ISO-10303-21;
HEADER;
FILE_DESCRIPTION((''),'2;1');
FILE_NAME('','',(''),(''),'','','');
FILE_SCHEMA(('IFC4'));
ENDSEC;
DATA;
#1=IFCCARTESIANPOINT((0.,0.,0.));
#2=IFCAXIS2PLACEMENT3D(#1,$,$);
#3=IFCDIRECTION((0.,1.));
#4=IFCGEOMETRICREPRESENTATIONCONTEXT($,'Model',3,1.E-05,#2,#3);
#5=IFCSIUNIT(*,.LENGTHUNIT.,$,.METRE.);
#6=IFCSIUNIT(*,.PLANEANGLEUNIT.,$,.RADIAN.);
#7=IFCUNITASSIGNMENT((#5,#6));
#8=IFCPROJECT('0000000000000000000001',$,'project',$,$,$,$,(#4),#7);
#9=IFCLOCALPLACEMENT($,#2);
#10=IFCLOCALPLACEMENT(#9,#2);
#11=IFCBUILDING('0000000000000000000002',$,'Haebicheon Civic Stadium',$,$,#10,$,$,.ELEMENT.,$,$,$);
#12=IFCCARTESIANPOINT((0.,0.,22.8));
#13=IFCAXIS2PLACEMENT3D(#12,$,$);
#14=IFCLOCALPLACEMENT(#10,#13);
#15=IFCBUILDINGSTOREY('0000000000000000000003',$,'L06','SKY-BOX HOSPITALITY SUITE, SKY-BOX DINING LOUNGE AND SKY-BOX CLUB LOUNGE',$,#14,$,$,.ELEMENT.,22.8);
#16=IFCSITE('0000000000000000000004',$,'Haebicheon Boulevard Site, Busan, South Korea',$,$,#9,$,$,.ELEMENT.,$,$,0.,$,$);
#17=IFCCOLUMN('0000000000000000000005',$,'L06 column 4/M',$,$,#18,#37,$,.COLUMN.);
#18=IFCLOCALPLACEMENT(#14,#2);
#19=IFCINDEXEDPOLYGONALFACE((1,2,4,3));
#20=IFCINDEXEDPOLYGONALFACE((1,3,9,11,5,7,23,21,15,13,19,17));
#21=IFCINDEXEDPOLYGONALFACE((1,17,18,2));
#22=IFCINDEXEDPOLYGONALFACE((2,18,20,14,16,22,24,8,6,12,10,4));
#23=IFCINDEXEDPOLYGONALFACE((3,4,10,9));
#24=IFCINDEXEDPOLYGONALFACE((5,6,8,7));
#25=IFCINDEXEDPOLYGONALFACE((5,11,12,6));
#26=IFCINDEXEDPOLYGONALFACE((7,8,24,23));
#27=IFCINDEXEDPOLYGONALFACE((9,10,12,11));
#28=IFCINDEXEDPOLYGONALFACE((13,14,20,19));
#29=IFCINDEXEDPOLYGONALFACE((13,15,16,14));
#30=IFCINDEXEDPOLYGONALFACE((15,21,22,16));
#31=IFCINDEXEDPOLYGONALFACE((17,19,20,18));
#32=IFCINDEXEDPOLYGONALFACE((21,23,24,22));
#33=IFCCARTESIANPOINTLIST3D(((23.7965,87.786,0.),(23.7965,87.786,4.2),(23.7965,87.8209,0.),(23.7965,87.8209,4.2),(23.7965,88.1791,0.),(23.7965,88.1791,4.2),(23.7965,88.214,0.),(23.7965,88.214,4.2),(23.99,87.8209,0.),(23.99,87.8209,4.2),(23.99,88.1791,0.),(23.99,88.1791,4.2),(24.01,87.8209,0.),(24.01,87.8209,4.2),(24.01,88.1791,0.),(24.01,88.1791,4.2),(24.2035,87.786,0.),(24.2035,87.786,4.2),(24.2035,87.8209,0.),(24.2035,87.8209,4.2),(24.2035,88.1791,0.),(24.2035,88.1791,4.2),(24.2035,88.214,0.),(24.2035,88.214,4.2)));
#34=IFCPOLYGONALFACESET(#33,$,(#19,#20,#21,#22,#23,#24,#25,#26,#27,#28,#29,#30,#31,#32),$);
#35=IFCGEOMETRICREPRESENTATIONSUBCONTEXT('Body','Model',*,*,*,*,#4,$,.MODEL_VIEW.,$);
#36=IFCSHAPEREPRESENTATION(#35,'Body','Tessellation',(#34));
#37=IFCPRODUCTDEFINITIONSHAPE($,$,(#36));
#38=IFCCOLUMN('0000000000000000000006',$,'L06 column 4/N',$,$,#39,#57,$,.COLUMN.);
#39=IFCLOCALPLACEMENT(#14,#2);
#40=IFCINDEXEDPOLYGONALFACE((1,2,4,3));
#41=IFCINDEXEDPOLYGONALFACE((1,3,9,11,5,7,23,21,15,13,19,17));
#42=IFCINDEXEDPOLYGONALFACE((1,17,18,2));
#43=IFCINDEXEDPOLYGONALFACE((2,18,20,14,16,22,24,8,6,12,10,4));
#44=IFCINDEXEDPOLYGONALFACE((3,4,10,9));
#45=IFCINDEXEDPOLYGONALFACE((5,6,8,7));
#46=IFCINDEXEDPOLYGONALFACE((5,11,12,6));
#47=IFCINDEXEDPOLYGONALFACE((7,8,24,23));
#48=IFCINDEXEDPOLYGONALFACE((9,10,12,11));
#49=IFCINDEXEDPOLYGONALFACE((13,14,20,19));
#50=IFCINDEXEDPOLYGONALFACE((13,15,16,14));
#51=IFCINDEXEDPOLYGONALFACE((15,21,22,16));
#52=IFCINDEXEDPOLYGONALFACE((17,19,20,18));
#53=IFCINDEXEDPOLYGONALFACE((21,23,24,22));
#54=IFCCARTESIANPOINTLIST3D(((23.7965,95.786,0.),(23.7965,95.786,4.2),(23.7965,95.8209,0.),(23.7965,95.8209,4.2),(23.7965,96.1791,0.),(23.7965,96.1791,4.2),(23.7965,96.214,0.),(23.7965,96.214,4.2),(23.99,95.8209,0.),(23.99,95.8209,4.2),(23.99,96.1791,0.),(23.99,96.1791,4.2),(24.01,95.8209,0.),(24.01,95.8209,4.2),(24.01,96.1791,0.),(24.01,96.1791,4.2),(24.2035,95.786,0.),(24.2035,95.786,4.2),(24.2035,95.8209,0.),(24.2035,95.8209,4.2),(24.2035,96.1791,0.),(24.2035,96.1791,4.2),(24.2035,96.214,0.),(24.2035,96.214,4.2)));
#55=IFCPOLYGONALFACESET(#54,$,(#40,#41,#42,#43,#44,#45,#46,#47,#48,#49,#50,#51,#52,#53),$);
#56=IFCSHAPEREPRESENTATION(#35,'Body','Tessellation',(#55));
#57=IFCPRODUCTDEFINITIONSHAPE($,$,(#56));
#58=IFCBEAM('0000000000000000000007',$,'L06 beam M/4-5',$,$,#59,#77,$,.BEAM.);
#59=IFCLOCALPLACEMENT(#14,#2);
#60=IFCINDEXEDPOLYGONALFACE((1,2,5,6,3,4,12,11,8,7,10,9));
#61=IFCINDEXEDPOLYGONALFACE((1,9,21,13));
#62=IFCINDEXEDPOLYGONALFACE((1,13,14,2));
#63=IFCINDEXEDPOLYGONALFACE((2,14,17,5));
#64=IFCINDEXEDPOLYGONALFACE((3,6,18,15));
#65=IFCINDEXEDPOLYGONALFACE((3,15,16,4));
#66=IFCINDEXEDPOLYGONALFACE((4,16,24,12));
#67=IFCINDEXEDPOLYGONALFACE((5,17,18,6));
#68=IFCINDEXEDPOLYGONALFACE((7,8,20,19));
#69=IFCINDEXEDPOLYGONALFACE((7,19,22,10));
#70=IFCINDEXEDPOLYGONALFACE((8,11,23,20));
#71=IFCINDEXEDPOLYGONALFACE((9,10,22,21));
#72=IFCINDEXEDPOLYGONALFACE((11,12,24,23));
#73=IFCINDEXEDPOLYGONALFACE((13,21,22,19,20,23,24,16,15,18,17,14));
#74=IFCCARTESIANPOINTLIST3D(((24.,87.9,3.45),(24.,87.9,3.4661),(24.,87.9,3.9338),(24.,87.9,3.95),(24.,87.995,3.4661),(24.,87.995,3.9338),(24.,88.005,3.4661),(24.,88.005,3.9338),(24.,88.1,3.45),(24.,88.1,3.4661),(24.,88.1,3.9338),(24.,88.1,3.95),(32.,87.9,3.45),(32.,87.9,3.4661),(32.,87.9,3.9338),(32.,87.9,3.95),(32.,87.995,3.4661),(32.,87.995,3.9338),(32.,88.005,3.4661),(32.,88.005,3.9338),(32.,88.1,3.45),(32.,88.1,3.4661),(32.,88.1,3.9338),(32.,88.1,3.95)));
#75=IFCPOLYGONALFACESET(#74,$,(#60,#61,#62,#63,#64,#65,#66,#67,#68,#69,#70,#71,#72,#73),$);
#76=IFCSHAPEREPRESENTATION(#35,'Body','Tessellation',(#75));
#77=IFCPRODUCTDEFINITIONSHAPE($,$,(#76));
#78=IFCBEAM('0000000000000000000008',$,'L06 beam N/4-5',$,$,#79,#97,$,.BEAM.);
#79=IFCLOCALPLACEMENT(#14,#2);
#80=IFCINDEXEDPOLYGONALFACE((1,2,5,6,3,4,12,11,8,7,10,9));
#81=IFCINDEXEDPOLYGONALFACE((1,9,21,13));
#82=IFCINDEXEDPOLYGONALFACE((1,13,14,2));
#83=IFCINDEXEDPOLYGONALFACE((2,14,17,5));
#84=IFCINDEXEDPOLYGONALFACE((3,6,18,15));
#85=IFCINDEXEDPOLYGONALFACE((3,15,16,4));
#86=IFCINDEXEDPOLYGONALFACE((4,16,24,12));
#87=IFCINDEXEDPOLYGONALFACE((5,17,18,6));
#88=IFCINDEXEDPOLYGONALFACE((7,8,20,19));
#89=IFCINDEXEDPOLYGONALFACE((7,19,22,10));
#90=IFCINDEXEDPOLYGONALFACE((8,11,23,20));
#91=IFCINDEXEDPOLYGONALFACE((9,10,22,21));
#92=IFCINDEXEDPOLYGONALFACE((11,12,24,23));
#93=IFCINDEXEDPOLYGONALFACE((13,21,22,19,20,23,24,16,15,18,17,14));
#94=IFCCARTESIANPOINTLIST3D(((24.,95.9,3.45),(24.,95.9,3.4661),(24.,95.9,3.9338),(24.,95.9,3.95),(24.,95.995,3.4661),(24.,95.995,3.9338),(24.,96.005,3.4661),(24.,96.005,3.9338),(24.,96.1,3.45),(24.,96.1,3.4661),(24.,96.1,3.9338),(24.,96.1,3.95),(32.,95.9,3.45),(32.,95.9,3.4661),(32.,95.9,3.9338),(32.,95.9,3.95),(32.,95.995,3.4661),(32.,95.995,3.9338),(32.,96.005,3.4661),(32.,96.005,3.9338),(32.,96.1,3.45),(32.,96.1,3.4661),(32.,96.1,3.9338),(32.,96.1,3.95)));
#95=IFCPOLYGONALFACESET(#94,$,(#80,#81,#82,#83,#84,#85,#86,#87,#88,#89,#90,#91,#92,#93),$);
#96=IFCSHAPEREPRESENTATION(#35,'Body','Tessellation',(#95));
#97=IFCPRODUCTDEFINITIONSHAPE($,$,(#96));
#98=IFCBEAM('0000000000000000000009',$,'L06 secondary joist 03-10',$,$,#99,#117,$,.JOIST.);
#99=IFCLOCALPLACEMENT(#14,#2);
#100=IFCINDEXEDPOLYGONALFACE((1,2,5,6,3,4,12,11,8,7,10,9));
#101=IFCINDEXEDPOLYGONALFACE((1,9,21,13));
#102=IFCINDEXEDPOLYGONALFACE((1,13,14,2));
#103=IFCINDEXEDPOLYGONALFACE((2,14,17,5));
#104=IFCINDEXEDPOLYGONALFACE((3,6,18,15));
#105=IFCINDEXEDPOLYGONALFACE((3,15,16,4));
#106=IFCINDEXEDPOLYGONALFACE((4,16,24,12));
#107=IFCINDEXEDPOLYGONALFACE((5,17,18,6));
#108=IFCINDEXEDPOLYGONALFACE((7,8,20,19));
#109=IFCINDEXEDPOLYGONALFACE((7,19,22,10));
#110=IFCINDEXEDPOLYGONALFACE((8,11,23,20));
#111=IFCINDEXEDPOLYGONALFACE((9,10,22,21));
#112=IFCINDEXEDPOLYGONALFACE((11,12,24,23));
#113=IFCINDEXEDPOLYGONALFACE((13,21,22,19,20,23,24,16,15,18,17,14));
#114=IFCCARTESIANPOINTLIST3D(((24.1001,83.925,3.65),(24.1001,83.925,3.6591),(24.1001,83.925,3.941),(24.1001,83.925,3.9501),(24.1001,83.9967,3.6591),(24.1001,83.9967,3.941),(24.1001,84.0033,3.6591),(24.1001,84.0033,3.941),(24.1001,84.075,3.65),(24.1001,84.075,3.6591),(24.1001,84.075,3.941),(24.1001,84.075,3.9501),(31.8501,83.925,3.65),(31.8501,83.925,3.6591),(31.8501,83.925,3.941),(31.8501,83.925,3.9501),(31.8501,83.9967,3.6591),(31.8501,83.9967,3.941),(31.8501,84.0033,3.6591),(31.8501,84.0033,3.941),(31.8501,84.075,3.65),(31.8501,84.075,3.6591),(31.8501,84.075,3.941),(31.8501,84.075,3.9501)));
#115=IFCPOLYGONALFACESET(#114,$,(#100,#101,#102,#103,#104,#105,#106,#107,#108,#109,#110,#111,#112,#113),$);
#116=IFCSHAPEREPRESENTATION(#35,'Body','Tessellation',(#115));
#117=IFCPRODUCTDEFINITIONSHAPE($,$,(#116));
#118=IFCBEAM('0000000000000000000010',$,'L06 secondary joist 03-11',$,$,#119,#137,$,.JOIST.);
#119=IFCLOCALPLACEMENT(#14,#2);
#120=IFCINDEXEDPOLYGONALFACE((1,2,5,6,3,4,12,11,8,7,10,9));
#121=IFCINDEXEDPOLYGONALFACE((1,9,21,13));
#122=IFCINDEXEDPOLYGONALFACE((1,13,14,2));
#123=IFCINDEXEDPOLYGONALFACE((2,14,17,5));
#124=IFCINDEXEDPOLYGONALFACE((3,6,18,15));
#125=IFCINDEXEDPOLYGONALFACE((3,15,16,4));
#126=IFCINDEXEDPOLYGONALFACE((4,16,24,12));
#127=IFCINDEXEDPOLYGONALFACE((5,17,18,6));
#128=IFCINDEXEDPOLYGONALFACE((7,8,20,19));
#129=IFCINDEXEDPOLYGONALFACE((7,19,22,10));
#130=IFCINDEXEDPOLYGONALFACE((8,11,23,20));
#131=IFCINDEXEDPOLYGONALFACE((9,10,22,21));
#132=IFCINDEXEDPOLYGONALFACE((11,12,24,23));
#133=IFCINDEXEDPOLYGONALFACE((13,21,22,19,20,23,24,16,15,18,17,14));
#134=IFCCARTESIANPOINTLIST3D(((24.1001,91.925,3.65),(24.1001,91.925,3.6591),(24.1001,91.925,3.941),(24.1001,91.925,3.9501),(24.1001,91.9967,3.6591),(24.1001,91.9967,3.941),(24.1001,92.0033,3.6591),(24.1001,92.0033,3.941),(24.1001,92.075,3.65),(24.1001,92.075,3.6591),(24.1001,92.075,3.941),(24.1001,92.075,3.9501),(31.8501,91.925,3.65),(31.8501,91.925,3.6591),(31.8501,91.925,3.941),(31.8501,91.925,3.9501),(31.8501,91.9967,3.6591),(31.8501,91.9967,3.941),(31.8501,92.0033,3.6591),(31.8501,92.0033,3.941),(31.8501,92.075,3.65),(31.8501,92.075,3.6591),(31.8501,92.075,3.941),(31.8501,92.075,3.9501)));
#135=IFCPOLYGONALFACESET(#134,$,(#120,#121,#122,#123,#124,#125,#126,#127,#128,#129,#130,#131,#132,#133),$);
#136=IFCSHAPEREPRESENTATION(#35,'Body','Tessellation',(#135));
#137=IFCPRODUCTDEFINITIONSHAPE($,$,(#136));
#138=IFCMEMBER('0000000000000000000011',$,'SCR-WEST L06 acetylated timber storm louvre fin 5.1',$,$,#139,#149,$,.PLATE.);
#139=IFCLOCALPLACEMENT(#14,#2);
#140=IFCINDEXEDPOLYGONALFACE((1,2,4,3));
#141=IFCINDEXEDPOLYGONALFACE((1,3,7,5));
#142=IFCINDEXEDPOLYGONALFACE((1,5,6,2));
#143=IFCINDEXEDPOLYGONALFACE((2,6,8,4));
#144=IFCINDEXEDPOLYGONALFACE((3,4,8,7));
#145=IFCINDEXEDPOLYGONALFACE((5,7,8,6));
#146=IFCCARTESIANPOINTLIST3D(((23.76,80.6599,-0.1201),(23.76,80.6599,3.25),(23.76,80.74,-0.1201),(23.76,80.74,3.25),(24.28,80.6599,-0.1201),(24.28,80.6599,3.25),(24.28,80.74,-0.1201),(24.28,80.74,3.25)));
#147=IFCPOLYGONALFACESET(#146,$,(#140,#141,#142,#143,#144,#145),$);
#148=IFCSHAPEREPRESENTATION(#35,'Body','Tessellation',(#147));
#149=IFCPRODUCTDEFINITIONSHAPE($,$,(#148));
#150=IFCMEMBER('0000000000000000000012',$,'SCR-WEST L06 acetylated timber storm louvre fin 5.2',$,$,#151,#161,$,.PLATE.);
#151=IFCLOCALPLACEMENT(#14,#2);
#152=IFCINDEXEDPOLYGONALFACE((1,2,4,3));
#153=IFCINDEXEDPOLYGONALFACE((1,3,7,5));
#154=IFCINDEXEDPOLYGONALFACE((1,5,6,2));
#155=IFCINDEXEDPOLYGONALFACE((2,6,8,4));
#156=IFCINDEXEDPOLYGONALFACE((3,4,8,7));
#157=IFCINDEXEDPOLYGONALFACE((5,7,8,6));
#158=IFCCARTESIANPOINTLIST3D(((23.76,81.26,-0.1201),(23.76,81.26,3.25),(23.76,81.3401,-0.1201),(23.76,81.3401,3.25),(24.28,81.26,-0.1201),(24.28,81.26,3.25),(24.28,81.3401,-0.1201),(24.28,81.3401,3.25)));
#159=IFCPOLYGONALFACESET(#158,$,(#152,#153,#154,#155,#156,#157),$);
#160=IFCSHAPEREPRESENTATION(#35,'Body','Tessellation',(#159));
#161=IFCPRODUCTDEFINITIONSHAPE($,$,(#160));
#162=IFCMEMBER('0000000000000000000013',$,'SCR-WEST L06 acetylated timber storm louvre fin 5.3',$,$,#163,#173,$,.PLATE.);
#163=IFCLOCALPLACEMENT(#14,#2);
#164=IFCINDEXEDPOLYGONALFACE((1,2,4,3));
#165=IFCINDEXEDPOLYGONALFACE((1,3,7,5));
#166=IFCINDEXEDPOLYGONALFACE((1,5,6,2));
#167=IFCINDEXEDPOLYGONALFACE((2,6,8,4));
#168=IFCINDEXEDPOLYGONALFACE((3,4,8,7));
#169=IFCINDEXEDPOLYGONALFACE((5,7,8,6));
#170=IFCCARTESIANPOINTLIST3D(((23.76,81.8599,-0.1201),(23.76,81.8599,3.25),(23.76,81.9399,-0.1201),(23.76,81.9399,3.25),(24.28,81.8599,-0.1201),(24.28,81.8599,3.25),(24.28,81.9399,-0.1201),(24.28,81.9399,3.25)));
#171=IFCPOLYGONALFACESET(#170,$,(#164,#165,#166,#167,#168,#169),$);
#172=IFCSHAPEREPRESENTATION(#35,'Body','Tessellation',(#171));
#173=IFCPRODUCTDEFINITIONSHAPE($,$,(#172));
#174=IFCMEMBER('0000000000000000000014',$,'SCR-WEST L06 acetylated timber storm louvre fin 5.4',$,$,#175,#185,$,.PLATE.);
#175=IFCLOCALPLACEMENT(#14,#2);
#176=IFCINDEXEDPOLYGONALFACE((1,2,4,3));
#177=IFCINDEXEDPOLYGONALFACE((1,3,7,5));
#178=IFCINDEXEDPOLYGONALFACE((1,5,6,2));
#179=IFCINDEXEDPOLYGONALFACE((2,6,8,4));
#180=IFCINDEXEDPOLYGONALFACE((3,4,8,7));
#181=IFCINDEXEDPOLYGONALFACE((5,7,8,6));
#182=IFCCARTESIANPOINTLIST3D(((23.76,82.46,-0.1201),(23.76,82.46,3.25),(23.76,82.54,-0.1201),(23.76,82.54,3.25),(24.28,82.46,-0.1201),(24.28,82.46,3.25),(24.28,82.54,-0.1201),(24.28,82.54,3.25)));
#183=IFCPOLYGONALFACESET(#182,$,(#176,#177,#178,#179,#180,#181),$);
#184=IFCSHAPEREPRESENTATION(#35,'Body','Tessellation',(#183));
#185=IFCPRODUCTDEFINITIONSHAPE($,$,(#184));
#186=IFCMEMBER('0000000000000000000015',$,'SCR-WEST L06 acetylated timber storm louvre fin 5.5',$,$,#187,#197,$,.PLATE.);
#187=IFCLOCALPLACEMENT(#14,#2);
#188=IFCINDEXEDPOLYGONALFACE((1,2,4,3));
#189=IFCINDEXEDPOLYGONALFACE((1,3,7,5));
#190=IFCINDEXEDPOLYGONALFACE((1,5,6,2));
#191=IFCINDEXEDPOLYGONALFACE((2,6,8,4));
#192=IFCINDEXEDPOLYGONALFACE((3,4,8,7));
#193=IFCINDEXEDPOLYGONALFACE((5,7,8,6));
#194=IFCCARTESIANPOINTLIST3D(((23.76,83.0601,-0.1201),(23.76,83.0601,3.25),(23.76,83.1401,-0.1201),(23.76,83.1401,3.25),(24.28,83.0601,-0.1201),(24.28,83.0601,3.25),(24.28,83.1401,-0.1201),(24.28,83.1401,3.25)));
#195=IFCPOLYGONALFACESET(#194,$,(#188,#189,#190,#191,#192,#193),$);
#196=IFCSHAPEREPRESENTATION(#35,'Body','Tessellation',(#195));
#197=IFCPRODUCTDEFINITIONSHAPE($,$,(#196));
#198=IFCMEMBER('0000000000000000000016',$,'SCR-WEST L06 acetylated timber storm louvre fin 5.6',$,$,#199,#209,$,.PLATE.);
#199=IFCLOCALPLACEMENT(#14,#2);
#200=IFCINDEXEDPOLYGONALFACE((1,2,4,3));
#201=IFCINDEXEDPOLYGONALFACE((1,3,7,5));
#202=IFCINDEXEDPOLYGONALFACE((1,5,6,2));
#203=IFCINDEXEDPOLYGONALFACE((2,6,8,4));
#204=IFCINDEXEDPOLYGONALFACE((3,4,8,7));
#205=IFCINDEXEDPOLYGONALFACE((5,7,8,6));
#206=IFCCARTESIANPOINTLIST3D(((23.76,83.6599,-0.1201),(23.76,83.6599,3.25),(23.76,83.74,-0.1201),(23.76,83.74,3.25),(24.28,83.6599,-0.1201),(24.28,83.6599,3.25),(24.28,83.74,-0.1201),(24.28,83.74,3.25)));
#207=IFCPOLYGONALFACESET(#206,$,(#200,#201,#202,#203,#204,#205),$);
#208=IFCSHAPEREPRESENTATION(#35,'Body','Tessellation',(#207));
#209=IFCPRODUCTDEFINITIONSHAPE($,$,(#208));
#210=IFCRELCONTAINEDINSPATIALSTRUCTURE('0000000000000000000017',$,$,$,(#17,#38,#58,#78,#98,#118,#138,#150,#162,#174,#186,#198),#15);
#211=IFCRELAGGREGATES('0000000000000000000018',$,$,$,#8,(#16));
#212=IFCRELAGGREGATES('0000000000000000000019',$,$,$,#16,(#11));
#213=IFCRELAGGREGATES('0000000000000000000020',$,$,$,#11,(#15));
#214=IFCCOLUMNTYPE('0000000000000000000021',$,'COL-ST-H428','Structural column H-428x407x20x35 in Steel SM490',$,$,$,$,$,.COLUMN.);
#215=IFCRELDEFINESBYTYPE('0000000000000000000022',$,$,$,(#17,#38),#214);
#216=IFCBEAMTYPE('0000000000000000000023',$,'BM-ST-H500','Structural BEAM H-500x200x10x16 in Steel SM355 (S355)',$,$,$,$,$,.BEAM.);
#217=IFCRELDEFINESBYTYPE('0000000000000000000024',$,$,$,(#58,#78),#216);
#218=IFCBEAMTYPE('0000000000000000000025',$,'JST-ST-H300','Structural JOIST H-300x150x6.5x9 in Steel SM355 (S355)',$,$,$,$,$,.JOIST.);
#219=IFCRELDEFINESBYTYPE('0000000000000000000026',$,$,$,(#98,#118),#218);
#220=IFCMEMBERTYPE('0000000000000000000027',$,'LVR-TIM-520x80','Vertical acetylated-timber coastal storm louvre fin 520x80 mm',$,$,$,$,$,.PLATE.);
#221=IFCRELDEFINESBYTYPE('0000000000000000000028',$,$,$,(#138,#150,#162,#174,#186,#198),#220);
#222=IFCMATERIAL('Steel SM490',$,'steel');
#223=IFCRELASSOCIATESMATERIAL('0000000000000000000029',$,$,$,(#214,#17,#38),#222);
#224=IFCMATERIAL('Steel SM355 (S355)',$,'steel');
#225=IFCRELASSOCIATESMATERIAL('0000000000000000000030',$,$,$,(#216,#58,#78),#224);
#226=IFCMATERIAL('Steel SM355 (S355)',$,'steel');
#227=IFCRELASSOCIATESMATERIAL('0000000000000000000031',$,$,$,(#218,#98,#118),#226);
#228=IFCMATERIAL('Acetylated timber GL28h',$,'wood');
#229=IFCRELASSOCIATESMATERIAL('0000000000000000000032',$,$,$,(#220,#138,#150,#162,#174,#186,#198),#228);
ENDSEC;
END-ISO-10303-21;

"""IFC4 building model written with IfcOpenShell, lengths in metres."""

from ifc_helpers import new_model, si_unit, direction, frame, origin, origin_2d, place, context, subcontext, project, spatial, rectangle, i_section, extrude, material, material_profile, profile_set, type_object, element, save


model = new_model("IFC4")

# Units and contexts
model_context = context("Model", 3, precision=1e-05, world=origin(), true_north=direction((0.0, 1.0)))
body_context = subcontext(model_context, "Body", "Model", "MODEL_VIEW")
ifc_project = project(units=[si_unit("LENGTHUNIT", "METRE"), si_unit("PLANEANGLEUNIT", "RADIAN")], contexts=[model_context])

# Site, building, storey
site_placement = place(None, origin())
site = spatial("IfcSite", under=ifc_project, at=site_placement, Name="Haebicheon Boulevard Site, Busan, South Korea", CompositionType="ELEMENT", RefElevation=0.0)
building_placement = place(site_placement, origin())
building = spatial("IfcBuilding", under=site, at=building_placement, Name="Haebicheon Civic Stadium", CompositionType="ELEMENT")
storey_placement = place(building_placement, frame((0.0, 0.0, 22.8)))
storey = spatial("IfcBuildingStorey", under=building, at=storey_placement, Name="L06", Description="SKY-BOX HOSPITALITY SUITE, SKY-BOX DINING LOUNGE AND SKY-BOX CLUB LOUNGE", CompositionType="ELEMENT", Elevation=22.8)

# Columns
ifc_material_1 = material(Name="Steel SM490", Category="steel")
ifc_material_profile_1 = material_profile(ifc_material_1, i_section(OverallWidth=0.407, OverallDepth=0.428, WebThickness=0.02, FlangeThickness=0.0349, at=origin_2d()), Name="H-428x407x20x35")
ifc_profile_set_1 = profile_set([ifc_material_profile_1], Name="Steel SM490")
column_type = type_object("IfcColumnType", Name="COL-ST-H428", Description="Structural column H-428x407x20x35 in Steel SM490", PredefinedType="COLUMN", material=ifc_profile_set_1)
for number, where, z_axis, x_axis, name in (
    (1, (24.0, 88.0, 0.0), (0.0, 0.0, 1.0), (1.0, 0.0, 0.0), "L06 column 4/M"),
    (2, (24.0, 96.0, 0.0), (0.0, 0.0, 1.0), (1.0, 0.0, 0.0), "L06 column 4/N"),
):
    element("IfcColumn", number, at=place(storey_placement, frame(where, z_axis=z_axis, x_axis=x_axis)), inside=storey, type_object=column_type, material=ifc_profile_set_1, Name=name, PredefinedType="COLUMN", context=body_context, shape_type="SweptSolid", body=[
        extrude(i_section(OverallWidth=0.407, OverallDepth=0.428, WebThickness=0.02, FlangeThickness=0.0349, at=origin_2d()), origin(), (0.0, 0.0, 1.0), 4.2),
    ])

# Beams
ifc_material_2 = material(Name="Steel SM355 (S355)", Category="steel")
ifc_material_profile_2 = material_profile(ifc_material_2, i_section(OverallWidth=0.2, OverallDepth=0.5, WebThickness=0.01, FlangeThickness=0.0161, at=origin_2d()), Name="H-500x200x10x16")
ifc_profile_set_2 = profile_set([ifc_material_profile_2], Name="Steel SM355 (S355)")
beam_type_1 = type_object("IfcBeamType", Name="BM-ST-H500", Description="Structural BEAM H-500x200x10x16 in Steel SM355 (S355)", PredefinedType="BEAM", material=ifc_profile_set_2)
for number, where, z_axis, x_axis, name in (
    (3, (24.0, 88.0, 3.7), (1.0, 0.0, 0.0), (0.0, 1.0, 0.0), "L06 beam M/4-5"),
    (4, (24.0, 96.0, 3.7), (1.0, 0.0, 0.0), (0.0, 1.0, 0.0), "L06 beam N/4-5"),
):
    element("IfcBeam", number, at=place(storey_placement, frame(where, z_axis=z_axis, x_axis=x_axis)), inside=storey, type_object=beam_type_1, material=ifc_profile_set_2, Name=name, PredefinedType="BEAM", context=body_context, shape_type="SweptSolid", body=[
        extrude(i_section(OverallWidth=0.2, OverallDepth=0.5, WebThickness=0.01, FlangeThickness=0.0161, at=origin_2d()), origin(), (0.0, 0.0, 1.0), 8.0),
    ])
ifc_material_3 = material(Name="Steel SM355 (S355)", Category="steel")
ifc_material_profile_3 = material_profile(ifc_material_3, i_section(OverallWidth=0.1499, OverallDepth=0.3, WebThickness=0.0066, FlangeThickness=0.009, at=origin_2d()), Name="H-300x150x6.5x9")
ifc_profile_set_3 = profile_set([ifc_material_profile_3], Name="Steel SM355 (S355)")
beam_type_2 = type_object("IfcBeamType", Name="JST-ST-H300", Description="Structural JOIST H-300x150x6.5x9 in Steel SM355 (S355)", PredefinedType="JOIST", material=ifc_profile_set_3)
for number, where, z_axis, x_axis, name in (
    (5, (24.1001, 84.0, 3.8), (1.0, 0.0, 0.0), (0.0, 1.0, 0.0), "L06 secondary joist 03-10"),
    (6, (24.1001, 92.0, 3.8), (1.0, 0.0, 0.0), (0.0, 1.0, 0.0), "L06 secondary joist 03-11"),
):
    element("IfcBeam", number, at=place(storey_placement, frame(where, z_axis=z_axis, x_axis=x_axis)), inside=storey, type_object=beam_type_2, material=ifc_profile_set_3, Name=name, PredefinedType="JOIST", context=body_context, shape_type="SweptSolid", body=[
        extrude(i_section(OverallWidth=0.1499, OverallDepth=0.3, WebThickness=0.0066, FlangeThickness=0.009, at=origin_2d()), origin(), (0.0, 0.0, 1.0), 7.75),
    ])

# Members
ifc_material_4 = material(Name="Acetylated timber GL28h", Category="wood")
ifc_material_profile_4 = material_profile(ifc_material_4, rectangle(XDim=0.0801, YDim=0.52, at=origin_2d()), Name="TMB-LOUV-80x520")
ifc_profile_set_4 = profile_set([ifc_material_profile_4], Name="Acetylated timber GL28h")
member_type_1 = type_object("IfcMemberType", Name="LVR-TIM-520x80", Description="Vertical acetylated-timber coastal storm louvre fin 520x80 mm", PredefinedType="PLATE", material=ifc_profile_set_4)
for number, where, z_axis, x_axis, name in (
    (7, (24.02, 80.7, -0.1201), (0.0, 0.0, 1.0), (0.0, 1.0, 0.0), "SCR-WEST L06 acetylated timber storm louvre fin 5.1"),
    (8, (24.02, 81.3, -0.1201), (0.0, 0.0, 1.0), (0.0, 1.0, 0.0), "SCR-WEST L06 acetylated timber storm louvre fin 5.2"),
    (9, (24.02, 81.8999, -0.1201), (0.0, 0.0, 1.0), (0.0, 1.0, 0.0), "SCR-WEST L06 acetylated timber storm louvre fin 5.3"),
    (10, (24.02, 82.5, -0.1201), (0.0, 0.0, 1.0), (0.0, 1.0, 0.0), "SCR-WEST L06 acetylated timber storm louvre fin 5.4"),
    (11, (24.02, 83.1001, -0.1201), (0.0, 0.0, 1.0), (0.0, 1.0, 0.0), "SCR-WEST L06 acetylated timber storm louvre fin 5.5"),
    (12, (24.02, 83.7, -0.1201), (0.0, 0.0, 1.0), (0.0, 1.0, 0.0), "SCR-WEST L06 acetylated timber storm louvre fin 5.6"),
):
    element("IfcMember", number, at=place(storey_placement, frame(where, z_axis=z_axis, x_axis=x_axis)), inside=storey, type_object=member_type_1, material=ifc_profile_set_4, Name=name, PredefinedType="PLATE", context=body_context, shape_type="SweptSolid", body=[
        extrude(rectangle(XDim=0.0801, YDim=0.52, at=origin_2d()), origin(), (0.0, 0.0, 1.0), 3.3701),
    ])

save(model, "model.ifc")
